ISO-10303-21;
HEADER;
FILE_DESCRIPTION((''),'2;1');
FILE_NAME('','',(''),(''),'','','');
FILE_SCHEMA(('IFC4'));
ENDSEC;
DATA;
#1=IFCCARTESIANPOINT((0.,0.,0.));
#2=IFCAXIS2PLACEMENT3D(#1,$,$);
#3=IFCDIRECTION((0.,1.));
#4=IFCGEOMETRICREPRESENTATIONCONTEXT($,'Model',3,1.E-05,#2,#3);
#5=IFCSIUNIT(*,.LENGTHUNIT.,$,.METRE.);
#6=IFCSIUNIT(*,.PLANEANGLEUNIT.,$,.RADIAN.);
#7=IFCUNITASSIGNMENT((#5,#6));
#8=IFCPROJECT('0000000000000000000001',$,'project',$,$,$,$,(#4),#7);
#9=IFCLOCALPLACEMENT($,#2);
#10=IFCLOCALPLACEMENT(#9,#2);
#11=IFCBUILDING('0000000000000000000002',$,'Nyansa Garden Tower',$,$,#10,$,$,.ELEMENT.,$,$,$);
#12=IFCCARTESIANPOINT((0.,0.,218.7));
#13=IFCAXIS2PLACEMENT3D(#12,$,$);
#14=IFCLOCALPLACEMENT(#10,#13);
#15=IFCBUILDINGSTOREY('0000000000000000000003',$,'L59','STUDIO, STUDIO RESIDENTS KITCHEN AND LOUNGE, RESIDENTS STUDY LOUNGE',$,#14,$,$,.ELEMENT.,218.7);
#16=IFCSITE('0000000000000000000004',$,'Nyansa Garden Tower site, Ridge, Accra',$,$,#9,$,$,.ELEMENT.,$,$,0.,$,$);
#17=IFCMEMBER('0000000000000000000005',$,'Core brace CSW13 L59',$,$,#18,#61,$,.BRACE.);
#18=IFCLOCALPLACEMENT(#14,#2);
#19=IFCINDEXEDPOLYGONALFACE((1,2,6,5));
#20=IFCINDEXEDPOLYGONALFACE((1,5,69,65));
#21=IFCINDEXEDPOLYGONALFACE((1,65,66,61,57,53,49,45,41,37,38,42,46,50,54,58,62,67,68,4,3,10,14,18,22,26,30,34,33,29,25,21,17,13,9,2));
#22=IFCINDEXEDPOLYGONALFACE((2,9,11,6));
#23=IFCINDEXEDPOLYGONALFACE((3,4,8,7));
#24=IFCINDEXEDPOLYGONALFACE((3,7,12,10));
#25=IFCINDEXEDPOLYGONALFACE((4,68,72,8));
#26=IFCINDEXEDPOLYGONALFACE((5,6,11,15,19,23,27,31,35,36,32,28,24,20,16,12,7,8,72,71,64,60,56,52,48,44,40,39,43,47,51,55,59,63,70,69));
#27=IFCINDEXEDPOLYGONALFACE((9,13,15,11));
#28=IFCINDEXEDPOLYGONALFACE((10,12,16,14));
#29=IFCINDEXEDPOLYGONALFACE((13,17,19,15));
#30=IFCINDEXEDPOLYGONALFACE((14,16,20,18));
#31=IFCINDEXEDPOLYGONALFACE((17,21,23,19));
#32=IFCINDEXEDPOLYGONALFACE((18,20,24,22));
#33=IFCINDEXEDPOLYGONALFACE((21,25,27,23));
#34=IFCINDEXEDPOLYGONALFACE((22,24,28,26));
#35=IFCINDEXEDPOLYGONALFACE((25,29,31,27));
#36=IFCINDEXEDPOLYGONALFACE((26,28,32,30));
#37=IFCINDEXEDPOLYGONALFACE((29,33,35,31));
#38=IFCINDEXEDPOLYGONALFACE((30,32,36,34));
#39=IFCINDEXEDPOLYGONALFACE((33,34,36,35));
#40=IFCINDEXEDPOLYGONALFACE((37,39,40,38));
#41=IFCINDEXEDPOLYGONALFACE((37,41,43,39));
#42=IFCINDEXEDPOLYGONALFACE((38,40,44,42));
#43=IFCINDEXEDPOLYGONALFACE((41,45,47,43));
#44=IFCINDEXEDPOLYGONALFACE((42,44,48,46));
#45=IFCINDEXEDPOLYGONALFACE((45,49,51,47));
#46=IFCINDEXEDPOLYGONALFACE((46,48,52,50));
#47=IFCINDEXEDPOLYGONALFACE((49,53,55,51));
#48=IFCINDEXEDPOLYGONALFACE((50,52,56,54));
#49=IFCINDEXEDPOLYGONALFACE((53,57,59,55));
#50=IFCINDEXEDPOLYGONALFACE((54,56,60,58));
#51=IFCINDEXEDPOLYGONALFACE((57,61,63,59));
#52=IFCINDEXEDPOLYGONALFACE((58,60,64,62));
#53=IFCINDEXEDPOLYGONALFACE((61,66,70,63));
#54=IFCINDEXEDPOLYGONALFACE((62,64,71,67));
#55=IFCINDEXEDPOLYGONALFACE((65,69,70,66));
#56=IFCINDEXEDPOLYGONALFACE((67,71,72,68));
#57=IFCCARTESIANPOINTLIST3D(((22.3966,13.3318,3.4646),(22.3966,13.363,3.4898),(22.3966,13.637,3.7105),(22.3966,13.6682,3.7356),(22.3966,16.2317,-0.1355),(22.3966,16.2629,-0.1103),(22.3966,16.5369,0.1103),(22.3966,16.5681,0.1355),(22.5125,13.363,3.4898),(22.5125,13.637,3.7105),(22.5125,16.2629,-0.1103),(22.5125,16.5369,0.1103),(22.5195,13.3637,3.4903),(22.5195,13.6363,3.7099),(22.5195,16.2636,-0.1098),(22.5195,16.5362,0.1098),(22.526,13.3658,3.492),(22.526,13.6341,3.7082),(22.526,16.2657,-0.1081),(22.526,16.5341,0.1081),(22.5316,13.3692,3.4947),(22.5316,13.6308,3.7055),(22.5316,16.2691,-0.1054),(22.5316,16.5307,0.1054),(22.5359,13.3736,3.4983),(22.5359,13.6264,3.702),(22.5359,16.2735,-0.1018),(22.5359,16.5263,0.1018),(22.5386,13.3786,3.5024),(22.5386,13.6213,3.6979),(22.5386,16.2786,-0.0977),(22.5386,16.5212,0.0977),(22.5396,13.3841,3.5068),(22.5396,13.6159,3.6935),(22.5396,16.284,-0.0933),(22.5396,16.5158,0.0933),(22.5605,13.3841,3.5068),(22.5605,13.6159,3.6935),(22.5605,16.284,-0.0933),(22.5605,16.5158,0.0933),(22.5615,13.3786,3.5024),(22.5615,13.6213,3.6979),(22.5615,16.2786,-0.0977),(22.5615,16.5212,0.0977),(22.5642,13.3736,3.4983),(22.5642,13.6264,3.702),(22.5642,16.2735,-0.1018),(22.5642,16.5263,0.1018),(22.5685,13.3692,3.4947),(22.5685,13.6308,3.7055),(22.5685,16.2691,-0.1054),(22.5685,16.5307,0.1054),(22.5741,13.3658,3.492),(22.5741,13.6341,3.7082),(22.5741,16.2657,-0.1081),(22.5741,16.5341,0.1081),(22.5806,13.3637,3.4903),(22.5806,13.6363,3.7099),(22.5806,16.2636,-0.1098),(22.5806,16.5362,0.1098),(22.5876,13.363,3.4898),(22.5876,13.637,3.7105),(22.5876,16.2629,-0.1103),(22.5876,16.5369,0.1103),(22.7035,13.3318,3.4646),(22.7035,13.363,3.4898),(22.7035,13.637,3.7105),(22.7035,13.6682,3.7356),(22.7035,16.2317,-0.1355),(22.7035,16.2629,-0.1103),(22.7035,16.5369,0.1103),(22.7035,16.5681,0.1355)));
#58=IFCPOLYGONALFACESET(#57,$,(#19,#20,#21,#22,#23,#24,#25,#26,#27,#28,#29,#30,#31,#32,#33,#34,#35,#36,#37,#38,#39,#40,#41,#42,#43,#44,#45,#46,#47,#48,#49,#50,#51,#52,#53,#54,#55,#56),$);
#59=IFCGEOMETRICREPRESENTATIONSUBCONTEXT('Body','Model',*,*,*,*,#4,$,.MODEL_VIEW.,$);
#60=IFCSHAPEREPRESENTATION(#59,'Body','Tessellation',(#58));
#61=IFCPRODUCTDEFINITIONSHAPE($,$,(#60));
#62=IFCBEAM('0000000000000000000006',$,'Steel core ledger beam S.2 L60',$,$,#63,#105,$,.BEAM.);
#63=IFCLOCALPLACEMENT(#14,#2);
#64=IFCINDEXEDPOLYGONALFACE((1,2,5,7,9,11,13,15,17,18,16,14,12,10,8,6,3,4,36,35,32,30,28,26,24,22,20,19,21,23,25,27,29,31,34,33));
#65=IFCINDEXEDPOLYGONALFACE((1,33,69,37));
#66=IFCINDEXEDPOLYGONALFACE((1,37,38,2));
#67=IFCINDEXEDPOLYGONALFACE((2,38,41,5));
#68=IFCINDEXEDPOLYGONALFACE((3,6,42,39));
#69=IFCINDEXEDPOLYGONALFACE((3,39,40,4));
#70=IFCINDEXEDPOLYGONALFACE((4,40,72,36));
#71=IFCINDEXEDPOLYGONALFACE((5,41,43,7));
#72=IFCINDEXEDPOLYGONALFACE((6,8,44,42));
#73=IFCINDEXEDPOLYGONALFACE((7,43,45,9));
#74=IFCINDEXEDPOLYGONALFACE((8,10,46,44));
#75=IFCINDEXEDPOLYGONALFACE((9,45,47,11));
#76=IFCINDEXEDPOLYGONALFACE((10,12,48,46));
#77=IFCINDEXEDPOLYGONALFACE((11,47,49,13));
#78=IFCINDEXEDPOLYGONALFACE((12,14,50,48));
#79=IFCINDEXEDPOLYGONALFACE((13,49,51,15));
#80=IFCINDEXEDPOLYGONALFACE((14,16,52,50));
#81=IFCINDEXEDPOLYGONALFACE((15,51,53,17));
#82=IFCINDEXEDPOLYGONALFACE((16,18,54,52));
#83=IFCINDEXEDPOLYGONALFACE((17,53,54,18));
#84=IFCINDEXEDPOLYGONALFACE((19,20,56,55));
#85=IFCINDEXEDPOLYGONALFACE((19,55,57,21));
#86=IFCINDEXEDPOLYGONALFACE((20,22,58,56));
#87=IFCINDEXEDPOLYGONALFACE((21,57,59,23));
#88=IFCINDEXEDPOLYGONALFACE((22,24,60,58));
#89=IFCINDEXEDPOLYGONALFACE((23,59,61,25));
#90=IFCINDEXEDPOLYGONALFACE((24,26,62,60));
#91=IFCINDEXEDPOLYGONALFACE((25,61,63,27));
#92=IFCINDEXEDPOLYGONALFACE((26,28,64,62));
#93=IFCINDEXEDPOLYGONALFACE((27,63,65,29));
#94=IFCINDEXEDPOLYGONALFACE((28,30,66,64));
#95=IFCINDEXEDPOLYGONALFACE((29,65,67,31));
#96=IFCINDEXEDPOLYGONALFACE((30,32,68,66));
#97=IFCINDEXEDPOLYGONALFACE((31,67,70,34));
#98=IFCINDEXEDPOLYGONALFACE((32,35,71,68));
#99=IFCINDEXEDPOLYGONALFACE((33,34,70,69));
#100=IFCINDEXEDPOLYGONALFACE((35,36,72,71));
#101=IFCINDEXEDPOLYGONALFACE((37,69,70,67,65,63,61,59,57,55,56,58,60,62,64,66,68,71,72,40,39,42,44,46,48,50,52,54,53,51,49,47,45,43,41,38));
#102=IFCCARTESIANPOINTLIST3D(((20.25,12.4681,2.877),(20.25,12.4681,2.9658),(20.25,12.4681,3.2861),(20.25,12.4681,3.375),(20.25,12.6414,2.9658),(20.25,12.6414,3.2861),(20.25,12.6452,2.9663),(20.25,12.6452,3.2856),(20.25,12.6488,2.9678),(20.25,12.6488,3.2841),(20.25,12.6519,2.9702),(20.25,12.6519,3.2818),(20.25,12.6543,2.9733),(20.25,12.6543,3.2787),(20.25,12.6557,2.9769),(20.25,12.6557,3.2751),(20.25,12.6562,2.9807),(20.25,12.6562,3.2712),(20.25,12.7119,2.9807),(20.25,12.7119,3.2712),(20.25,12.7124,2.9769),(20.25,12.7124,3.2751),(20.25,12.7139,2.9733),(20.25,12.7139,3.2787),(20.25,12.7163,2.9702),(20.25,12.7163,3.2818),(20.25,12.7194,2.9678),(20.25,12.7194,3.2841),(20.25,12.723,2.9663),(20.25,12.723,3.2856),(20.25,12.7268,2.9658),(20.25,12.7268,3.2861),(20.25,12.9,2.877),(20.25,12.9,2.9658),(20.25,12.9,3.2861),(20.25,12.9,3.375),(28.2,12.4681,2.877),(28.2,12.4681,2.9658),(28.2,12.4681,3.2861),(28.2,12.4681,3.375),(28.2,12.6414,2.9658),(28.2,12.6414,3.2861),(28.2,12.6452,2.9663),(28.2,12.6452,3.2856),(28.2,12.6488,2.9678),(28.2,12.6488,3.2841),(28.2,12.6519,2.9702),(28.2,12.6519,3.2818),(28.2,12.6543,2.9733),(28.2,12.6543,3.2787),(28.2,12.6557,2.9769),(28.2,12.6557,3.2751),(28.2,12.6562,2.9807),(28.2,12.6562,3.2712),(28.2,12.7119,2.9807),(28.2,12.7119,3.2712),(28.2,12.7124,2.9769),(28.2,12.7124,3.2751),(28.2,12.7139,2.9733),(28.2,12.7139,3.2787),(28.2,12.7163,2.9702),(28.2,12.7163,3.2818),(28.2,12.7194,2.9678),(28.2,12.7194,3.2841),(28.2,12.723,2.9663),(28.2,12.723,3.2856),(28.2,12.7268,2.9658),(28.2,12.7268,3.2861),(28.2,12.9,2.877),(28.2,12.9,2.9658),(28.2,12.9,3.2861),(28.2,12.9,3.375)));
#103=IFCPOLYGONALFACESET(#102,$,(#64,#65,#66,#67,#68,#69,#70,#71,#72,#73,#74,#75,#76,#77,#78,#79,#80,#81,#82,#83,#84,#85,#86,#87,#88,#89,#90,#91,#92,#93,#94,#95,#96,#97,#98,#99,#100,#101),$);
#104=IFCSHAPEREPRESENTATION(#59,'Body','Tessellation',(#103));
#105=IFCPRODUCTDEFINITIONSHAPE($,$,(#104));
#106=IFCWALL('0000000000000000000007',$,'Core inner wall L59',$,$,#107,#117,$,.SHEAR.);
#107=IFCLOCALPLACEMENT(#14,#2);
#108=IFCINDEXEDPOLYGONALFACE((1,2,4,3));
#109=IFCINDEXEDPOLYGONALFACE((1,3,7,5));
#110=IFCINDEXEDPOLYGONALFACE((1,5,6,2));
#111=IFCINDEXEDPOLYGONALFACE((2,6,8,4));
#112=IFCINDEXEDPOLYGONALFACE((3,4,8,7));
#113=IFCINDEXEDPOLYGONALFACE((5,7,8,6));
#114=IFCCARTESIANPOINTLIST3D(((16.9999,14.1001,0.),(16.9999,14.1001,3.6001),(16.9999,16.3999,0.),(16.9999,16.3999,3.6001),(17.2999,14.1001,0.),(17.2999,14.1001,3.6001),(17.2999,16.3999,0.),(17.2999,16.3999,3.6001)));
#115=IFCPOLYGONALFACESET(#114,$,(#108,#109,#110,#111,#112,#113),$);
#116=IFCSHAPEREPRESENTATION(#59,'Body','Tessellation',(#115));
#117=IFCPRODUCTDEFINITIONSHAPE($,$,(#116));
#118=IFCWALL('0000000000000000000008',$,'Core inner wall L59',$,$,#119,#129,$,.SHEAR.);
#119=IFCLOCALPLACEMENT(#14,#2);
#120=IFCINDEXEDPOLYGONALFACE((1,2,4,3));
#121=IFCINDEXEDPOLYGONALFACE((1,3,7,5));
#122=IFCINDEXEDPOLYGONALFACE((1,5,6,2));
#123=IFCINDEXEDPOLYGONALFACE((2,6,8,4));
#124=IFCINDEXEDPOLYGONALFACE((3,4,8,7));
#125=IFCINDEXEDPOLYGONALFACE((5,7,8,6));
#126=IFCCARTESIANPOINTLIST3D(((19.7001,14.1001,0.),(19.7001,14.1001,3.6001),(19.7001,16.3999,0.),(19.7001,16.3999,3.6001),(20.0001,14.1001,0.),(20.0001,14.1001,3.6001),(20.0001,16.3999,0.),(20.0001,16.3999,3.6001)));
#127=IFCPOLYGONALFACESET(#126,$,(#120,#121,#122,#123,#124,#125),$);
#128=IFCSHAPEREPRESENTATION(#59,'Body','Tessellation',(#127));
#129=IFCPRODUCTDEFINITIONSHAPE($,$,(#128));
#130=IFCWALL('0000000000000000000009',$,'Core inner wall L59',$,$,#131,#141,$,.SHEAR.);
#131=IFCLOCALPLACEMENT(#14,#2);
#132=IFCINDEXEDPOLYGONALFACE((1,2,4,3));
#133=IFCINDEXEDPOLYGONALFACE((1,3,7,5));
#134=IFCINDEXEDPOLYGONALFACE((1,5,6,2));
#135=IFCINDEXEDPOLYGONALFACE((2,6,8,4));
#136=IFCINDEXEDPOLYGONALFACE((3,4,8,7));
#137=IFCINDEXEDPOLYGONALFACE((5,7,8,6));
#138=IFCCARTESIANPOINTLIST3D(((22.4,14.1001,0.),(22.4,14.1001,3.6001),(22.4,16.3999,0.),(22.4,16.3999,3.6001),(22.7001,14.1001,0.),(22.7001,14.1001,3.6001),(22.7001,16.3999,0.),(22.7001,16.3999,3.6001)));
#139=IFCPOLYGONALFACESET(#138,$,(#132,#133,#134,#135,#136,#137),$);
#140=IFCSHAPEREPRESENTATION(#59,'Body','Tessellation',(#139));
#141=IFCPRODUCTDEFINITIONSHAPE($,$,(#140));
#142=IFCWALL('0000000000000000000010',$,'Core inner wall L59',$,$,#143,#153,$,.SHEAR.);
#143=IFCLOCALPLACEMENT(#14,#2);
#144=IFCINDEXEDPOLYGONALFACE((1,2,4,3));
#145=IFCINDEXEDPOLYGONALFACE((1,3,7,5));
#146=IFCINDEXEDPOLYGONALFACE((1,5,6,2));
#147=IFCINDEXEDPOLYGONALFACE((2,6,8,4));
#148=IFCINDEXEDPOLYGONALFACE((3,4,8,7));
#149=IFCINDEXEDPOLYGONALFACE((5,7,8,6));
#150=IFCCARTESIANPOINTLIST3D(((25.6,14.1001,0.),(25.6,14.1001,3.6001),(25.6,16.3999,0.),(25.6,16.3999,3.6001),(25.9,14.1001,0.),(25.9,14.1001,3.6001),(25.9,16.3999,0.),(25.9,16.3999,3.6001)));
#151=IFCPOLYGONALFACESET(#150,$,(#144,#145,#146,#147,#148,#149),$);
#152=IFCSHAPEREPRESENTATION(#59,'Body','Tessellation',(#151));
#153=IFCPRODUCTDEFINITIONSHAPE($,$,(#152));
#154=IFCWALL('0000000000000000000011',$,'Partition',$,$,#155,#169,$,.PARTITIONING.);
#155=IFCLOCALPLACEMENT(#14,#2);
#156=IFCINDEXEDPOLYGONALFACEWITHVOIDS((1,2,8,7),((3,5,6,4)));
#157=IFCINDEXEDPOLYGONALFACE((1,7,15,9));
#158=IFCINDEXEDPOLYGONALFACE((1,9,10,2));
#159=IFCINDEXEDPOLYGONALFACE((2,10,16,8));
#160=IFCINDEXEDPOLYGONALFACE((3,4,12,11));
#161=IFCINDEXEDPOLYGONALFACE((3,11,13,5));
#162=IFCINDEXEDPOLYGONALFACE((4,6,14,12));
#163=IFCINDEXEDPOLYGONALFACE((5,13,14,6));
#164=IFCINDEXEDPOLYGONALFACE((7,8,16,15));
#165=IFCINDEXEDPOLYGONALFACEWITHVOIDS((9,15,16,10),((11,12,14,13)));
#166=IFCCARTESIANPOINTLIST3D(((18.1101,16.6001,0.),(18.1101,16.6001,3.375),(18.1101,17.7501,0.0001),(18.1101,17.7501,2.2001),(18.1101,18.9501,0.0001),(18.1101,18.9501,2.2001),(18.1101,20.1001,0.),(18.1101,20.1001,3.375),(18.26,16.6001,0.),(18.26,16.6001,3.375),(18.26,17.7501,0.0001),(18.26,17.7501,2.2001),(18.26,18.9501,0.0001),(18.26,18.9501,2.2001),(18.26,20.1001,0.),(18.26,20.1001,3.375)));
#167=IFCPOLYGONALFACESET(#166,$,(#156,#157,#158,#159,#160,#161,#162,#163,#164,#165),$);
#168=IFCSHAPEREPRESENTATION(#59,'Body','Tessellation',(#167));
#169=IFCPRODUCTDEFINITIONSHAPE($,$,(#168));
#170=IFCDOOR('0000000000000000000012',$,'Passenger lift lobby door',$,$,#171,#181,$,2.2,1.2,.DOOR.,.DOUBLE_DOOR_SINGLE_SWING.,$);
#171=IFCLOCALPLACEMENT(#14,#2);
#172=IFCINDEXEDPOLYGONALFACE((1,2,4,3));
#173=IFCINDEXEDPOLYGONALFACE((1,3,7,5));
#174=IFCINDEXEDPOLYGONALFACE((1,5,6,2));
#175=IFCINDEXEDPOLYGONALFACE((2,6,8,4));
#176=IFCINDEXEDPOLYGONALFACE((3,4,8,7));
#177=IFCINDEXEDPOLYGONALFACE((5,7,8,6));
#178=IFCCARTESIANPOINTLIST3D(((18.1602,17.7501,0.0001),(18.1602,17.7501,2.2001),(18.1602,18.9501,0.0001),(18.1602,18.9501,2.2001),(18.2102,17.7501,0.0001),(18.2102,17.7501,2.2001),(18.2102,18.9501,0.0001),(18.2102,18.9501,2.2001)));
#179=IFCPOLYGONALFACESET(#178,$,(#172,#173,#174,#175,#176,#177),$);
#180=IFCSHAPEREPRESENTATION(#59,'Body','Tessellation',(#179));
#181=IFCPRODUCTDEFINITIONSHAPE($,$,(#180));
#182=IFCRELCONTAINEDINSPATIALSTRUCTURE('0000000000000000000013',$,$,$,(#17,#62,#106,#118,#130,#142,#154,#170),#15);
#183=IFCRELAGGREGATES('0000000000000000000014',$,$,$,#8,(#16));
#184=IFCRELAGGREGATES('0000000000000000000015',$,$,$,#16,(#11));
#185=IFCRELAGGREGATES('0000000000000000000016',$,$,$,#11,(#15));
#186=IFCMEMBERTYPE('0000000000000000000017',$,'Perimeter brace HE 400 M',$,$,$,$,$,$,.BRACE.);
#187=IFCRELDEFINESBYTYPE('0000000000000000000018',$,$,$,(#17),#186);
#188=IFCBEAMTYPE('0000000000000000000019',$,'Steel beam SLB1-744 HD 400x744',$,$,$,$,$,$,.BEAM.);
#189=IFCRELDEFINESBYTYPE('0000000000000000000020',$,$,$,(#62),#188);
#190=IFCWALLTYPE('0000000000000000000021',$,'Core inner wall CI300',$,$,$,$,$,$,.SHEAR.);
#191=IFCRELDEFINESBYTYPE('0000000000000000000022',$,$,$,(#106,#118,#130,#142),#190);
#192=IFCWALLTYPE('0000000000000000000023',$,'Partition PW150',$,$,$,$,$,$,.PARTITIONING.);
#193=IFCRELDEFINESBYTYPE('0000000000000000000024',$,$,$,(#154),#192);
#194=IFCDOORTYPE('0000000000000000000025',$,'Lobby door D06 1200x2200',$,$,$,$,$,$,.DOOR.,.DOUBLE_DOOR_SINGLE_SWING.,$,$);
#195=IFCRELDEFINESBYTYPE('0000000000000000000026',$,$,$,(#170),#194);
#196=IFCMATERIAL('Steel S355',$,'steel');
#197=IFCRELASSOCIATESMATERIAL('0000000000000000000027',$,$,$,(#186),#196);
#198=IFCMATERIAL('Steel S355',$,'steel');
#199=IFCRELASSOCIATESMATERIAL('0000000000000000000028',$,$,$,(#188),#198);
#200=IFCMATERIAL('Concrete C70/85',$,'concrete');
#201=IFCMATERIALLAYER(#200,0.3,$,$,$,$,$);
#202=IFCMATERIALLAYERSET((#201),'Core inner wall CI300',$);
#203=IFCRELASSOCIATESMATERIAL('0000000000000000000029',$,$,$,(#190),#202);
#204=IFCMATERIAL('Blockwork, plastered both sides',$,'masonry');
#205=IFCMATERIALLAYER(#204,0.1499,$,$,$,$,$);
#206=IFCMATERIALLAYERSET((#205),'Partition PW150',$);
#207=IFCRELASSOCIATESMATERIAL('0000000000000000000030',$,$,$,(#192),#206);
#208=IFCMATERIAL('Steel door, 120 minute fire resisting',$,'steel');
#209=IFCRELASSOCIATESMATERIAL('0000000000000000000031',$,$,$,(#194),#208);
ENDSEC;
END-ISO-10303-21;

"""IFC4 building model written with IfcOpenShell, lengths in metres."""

from ifc_helpers import new_model, si_unit, direction, frame, frame_2d, origin, origin_2d, place, context, subcontext, project, spatial, rectangle, i_section, extrude, material, layer, layer_set, material_profile, profile_set, type_object, element, fill, save


model = new_model("IFC4")

# Units and contexts
model_context = context("Model", 3, precision=1e-05, world=origin(), true_north=direction((0.0, 1.0)))
body_context = subcontext(model_context, "Body", "Model", "MODEL_VIEW")
ifc_project = project(units=[si_unit("LENGTHUNIT", "METRE"), si_unit("PLANEANGLEUNIT", "RADIAN")], contexts=[model_context])

# Site, building, storey
site_placement = place(None, origin())
site = spatial("IfcSite", under=ifc_project, at=site_placement, Name="Nyansa Garden Tower site, Ridge, Accra", CompositionType="ELEMENT", RefElevation=0.0)
building_placement = place(site_placement, origin())
building = spatial("IfcBuilding", under=site, at=building_placement, Name="Nyansa Garden Tower", CompositionType="ELEMENT")
storey_placement = place(building_placement, frame((0.0, 0.0, 218.7)))
storey = spatial("IfcBuildingStorey", under=building, at=storey_placement, Name="L59", Description="STUDIO, STUDIO RESIDENTS KITCHEN AND LOUNGE, RESIDENTS STUDY LOUNGE", CompositionType="ELEMENT", Elevation=218.7)

# Member
ifc_material_1 = material(Name="Steel S355", Category="steel")
ifc_material_profile_1 = material_profile(ifc_material_1, i_section(OverallWidth=0.3069, OverallDepth=0.4319, WebThickness=0.021, FlangeThickness=0.04, FilletRadius=0.0271, at=origin_2d()), Name="HE 400 M")
ifc_profile_set_1 = profile_set([ifc_material_profile_1], Name="Steel S355")
member_type = type_object("IfcMemberType", Name="Perimeter brace HE 400 M", PredefinedType="BRACE", material=ifc_profile_set_1)
for number, where, z_axis, x_axis, name in (
    (1, (22.55, 16.3999, 0.0), (0.0, -0.627306, 0.778773), (1.0, 0.0, 0.0), "Core brace CSW13 L59"),
):
    element("IfcMember", number, at=place(storey_placement, frame(where, z_axis=z_axis, x_axis=x_axis)), inside=storey, type_object=member_type, Name=name, PredefinedType="BRACE", context=body_context, shape_type="SweptSolid", body=[
        extrude(i_section(OverallWidth=0.3069, OverallDepth=0.4319, WebThickness=0.021, FlangeThickness=0.04, FilletRadius=0.0271, at=origin_2d()), origin(), (0.0, 0.0, 1.0), 4.6228),
    ])

# Beam
ifc_material_2 = material(Name="Steel S355", Category="steel")
ifc_material_profile_2 = material_profile(ifc_material_2, i_section(OverallWidth=0.4319, OverallDepth=0.498, WebThickness=0.0557, FlangeThickness=0.0889, FilletRadius=0.0149, at=origin_2d()), Name="HD 400x744")
ifc_profile_set_2 = profile_set([ifc_material_profile_2], Name="Steel S355")
beam_type = type_object("IfcBeamType", Name="Steel beam SLB1-744 HD 400x744", PredefinedType="BEAM", material=ifc_profile_set_2)
beam_placement = place(storey_placement, frame((20.25, 12.6841, 3.126), z_axis=(1.0, 0.0, 0.0), x_axis=(0.0, 1.0, 0.0)))
element("IfcBeam", 2, at=beam_placement, inside=storey, type_object=beam_type, Name="Steel core ledger beam S.2 L60", PredefinedType="BEAM", context=body_context, shape_type="SweptSolid", body=[
    extrude(i_section(OverallWidth=0.4319, OverallDepth=0.498, WebThickness=0.0557, FlangeThickness=0.0889, FilletRadius=0.0149, at=origin_2d()), origin(), (0.0, 0.0, 1.0), 7.95),
])

# Walls
ifc_material_3 = material(Name="Concrete C70/85", Category="concrete")
ifc_layer_1 = layer(ifc_material_3, 0.3)
ifc_layer_set_1 = layer_set([ifc_layer_1], Name="Core inner wall CI300")
wall_type_1 = type_object("IfcWallType", Name="Core inner wall CI300", PredefinedType="SHEAR", material=ifc_layer_set_1)
for number, where, z_axis, x_axis, name in (
    (3, (17.1499, 14.1001, 0.0), (0.0, 0.0, 1.0), (0.0, 1.0, 0.0), "Core inner wall L59"),
    (4, (19.8501, 14.1001, 0.0), (0.0, 0.0, 1.0), (0.0, 1.0, 0.0), "Core inner wall L59"),
    (5, (22.55, 14.1001, 0.0), (0.0, 0.0, 1.0), (0.0, 1.0, 0.0), "Core inner wall L59"),
    (6, (25.75, 14.1001, 0.0), (0.0, 0.0, 1.0), (0.0, 1.0, 0.0), "Core inner wall L59"),
):
    element("IfcWall", number, at=place(storey_placement, frame(where, z_axis=z_axis, x_axis=x_axis)), inside=storey, type_object=wall_type_1, Name=name, PredefinedType="SHEAR", context=body_context, shape_type="SweptSolid", body=[
        extrude(rectangle(XDim=2.2998, YDim=0.3, at=frame_2d((1.1499, 0.0))), origin(), (0.0, 0.0, 1.0), 3.6001),
    ])

# Wall, opening, door
ifc_material_4 = material(Name="Blockwork, plastered both sides", Category="masonry")
ifc_layer_2 = layer(ifc_material_4, 0.1499)
ifc_layer_set_2 = layer_set([ifc_layer_2], Name="Partition PW150")
wall_type_2 = type_object("IfcWallType", Name="Partition PW150", PredefinedType="PARTITIONING", material=ifc_layer_set_2)
wall_1_placement = place(storey_placement, frame((18.1851, 16.6001, 0.0), z_axis=(0.0, 0.0, 1.0), x_axis=(0.0, 1.0, 0.0)))
wall_1 = element("IfcWall", 7, at=wall_1_placement, inside=storey, type_object=wall_type_2, Name="Partition", PredefinedType="PARTITIONING", context=body_context, shape_type="SweptSolid", body=[
    extrude(rectangle(XDim=3.5, YDim=0.1499, at=frame_2d((1.75, 0.0))), origin(), (0.0, 0.0, 1.0), 3.375),
])
opening_1_placement = place(wall_1_placement, frame((1.1499, 0.0, 0.0)))
opening_1 = element("IfcOpeningElement", 8, at=opening_1_placement, cuts=wall_1, PredefinedType="OPENING", context=body_context, shape_type="SweptSolid", body=[
    extrude(rectangle(XDim=1.2, YDim=2.2, at=frame_2d((0.6001, 1.1001))), frame((0.0, 0.085, 0.0), z_axis=(0.0, -1.0, 0.0), x_axis=(1.0, 0.0, 0.0)), (0.0, 0.0, 1.0), 0.1699),
])
ifc_material_5 = material(Name="Steel door, 120 minute fire resisting", Category="steel")
door_type_1 = type_object("IfcDoorType", Name="Lobby door D06 1200x2200", OperationType="DOUBLE_DOOR_SINGLE_SWING", PredefinedType="DOOR", material=ifc_material_5)
door_1_placement = place(opening_1_placement, origin())
door_1 = element("IfcDoor", 9, at=door_1_placement, inside=storey, type_object=door_type_1, Name="Passenger lift lobby door", OperationType="DOUBLE_DOOR_SINGLE_SWING", OverallHeight=2.2, OverallWidth=1.2, PredefinedType="DOOR", context=body_context, shape_type="SweptSolid", body=[
    extrude(rectangle(XDim=1.2, YDim=2.2, at=frame_2d((0.6001, 1.1001))), frame((0.0, 0.0249, 0.0), z_axis=(0.0, -1.0, 0.0), x_axis=(1.0, 0.0, 0.0)), (0.0, 0.0, 1.0), 0.05),
])
fill(opening_1, door_1)

save(model, "model.ifc")
